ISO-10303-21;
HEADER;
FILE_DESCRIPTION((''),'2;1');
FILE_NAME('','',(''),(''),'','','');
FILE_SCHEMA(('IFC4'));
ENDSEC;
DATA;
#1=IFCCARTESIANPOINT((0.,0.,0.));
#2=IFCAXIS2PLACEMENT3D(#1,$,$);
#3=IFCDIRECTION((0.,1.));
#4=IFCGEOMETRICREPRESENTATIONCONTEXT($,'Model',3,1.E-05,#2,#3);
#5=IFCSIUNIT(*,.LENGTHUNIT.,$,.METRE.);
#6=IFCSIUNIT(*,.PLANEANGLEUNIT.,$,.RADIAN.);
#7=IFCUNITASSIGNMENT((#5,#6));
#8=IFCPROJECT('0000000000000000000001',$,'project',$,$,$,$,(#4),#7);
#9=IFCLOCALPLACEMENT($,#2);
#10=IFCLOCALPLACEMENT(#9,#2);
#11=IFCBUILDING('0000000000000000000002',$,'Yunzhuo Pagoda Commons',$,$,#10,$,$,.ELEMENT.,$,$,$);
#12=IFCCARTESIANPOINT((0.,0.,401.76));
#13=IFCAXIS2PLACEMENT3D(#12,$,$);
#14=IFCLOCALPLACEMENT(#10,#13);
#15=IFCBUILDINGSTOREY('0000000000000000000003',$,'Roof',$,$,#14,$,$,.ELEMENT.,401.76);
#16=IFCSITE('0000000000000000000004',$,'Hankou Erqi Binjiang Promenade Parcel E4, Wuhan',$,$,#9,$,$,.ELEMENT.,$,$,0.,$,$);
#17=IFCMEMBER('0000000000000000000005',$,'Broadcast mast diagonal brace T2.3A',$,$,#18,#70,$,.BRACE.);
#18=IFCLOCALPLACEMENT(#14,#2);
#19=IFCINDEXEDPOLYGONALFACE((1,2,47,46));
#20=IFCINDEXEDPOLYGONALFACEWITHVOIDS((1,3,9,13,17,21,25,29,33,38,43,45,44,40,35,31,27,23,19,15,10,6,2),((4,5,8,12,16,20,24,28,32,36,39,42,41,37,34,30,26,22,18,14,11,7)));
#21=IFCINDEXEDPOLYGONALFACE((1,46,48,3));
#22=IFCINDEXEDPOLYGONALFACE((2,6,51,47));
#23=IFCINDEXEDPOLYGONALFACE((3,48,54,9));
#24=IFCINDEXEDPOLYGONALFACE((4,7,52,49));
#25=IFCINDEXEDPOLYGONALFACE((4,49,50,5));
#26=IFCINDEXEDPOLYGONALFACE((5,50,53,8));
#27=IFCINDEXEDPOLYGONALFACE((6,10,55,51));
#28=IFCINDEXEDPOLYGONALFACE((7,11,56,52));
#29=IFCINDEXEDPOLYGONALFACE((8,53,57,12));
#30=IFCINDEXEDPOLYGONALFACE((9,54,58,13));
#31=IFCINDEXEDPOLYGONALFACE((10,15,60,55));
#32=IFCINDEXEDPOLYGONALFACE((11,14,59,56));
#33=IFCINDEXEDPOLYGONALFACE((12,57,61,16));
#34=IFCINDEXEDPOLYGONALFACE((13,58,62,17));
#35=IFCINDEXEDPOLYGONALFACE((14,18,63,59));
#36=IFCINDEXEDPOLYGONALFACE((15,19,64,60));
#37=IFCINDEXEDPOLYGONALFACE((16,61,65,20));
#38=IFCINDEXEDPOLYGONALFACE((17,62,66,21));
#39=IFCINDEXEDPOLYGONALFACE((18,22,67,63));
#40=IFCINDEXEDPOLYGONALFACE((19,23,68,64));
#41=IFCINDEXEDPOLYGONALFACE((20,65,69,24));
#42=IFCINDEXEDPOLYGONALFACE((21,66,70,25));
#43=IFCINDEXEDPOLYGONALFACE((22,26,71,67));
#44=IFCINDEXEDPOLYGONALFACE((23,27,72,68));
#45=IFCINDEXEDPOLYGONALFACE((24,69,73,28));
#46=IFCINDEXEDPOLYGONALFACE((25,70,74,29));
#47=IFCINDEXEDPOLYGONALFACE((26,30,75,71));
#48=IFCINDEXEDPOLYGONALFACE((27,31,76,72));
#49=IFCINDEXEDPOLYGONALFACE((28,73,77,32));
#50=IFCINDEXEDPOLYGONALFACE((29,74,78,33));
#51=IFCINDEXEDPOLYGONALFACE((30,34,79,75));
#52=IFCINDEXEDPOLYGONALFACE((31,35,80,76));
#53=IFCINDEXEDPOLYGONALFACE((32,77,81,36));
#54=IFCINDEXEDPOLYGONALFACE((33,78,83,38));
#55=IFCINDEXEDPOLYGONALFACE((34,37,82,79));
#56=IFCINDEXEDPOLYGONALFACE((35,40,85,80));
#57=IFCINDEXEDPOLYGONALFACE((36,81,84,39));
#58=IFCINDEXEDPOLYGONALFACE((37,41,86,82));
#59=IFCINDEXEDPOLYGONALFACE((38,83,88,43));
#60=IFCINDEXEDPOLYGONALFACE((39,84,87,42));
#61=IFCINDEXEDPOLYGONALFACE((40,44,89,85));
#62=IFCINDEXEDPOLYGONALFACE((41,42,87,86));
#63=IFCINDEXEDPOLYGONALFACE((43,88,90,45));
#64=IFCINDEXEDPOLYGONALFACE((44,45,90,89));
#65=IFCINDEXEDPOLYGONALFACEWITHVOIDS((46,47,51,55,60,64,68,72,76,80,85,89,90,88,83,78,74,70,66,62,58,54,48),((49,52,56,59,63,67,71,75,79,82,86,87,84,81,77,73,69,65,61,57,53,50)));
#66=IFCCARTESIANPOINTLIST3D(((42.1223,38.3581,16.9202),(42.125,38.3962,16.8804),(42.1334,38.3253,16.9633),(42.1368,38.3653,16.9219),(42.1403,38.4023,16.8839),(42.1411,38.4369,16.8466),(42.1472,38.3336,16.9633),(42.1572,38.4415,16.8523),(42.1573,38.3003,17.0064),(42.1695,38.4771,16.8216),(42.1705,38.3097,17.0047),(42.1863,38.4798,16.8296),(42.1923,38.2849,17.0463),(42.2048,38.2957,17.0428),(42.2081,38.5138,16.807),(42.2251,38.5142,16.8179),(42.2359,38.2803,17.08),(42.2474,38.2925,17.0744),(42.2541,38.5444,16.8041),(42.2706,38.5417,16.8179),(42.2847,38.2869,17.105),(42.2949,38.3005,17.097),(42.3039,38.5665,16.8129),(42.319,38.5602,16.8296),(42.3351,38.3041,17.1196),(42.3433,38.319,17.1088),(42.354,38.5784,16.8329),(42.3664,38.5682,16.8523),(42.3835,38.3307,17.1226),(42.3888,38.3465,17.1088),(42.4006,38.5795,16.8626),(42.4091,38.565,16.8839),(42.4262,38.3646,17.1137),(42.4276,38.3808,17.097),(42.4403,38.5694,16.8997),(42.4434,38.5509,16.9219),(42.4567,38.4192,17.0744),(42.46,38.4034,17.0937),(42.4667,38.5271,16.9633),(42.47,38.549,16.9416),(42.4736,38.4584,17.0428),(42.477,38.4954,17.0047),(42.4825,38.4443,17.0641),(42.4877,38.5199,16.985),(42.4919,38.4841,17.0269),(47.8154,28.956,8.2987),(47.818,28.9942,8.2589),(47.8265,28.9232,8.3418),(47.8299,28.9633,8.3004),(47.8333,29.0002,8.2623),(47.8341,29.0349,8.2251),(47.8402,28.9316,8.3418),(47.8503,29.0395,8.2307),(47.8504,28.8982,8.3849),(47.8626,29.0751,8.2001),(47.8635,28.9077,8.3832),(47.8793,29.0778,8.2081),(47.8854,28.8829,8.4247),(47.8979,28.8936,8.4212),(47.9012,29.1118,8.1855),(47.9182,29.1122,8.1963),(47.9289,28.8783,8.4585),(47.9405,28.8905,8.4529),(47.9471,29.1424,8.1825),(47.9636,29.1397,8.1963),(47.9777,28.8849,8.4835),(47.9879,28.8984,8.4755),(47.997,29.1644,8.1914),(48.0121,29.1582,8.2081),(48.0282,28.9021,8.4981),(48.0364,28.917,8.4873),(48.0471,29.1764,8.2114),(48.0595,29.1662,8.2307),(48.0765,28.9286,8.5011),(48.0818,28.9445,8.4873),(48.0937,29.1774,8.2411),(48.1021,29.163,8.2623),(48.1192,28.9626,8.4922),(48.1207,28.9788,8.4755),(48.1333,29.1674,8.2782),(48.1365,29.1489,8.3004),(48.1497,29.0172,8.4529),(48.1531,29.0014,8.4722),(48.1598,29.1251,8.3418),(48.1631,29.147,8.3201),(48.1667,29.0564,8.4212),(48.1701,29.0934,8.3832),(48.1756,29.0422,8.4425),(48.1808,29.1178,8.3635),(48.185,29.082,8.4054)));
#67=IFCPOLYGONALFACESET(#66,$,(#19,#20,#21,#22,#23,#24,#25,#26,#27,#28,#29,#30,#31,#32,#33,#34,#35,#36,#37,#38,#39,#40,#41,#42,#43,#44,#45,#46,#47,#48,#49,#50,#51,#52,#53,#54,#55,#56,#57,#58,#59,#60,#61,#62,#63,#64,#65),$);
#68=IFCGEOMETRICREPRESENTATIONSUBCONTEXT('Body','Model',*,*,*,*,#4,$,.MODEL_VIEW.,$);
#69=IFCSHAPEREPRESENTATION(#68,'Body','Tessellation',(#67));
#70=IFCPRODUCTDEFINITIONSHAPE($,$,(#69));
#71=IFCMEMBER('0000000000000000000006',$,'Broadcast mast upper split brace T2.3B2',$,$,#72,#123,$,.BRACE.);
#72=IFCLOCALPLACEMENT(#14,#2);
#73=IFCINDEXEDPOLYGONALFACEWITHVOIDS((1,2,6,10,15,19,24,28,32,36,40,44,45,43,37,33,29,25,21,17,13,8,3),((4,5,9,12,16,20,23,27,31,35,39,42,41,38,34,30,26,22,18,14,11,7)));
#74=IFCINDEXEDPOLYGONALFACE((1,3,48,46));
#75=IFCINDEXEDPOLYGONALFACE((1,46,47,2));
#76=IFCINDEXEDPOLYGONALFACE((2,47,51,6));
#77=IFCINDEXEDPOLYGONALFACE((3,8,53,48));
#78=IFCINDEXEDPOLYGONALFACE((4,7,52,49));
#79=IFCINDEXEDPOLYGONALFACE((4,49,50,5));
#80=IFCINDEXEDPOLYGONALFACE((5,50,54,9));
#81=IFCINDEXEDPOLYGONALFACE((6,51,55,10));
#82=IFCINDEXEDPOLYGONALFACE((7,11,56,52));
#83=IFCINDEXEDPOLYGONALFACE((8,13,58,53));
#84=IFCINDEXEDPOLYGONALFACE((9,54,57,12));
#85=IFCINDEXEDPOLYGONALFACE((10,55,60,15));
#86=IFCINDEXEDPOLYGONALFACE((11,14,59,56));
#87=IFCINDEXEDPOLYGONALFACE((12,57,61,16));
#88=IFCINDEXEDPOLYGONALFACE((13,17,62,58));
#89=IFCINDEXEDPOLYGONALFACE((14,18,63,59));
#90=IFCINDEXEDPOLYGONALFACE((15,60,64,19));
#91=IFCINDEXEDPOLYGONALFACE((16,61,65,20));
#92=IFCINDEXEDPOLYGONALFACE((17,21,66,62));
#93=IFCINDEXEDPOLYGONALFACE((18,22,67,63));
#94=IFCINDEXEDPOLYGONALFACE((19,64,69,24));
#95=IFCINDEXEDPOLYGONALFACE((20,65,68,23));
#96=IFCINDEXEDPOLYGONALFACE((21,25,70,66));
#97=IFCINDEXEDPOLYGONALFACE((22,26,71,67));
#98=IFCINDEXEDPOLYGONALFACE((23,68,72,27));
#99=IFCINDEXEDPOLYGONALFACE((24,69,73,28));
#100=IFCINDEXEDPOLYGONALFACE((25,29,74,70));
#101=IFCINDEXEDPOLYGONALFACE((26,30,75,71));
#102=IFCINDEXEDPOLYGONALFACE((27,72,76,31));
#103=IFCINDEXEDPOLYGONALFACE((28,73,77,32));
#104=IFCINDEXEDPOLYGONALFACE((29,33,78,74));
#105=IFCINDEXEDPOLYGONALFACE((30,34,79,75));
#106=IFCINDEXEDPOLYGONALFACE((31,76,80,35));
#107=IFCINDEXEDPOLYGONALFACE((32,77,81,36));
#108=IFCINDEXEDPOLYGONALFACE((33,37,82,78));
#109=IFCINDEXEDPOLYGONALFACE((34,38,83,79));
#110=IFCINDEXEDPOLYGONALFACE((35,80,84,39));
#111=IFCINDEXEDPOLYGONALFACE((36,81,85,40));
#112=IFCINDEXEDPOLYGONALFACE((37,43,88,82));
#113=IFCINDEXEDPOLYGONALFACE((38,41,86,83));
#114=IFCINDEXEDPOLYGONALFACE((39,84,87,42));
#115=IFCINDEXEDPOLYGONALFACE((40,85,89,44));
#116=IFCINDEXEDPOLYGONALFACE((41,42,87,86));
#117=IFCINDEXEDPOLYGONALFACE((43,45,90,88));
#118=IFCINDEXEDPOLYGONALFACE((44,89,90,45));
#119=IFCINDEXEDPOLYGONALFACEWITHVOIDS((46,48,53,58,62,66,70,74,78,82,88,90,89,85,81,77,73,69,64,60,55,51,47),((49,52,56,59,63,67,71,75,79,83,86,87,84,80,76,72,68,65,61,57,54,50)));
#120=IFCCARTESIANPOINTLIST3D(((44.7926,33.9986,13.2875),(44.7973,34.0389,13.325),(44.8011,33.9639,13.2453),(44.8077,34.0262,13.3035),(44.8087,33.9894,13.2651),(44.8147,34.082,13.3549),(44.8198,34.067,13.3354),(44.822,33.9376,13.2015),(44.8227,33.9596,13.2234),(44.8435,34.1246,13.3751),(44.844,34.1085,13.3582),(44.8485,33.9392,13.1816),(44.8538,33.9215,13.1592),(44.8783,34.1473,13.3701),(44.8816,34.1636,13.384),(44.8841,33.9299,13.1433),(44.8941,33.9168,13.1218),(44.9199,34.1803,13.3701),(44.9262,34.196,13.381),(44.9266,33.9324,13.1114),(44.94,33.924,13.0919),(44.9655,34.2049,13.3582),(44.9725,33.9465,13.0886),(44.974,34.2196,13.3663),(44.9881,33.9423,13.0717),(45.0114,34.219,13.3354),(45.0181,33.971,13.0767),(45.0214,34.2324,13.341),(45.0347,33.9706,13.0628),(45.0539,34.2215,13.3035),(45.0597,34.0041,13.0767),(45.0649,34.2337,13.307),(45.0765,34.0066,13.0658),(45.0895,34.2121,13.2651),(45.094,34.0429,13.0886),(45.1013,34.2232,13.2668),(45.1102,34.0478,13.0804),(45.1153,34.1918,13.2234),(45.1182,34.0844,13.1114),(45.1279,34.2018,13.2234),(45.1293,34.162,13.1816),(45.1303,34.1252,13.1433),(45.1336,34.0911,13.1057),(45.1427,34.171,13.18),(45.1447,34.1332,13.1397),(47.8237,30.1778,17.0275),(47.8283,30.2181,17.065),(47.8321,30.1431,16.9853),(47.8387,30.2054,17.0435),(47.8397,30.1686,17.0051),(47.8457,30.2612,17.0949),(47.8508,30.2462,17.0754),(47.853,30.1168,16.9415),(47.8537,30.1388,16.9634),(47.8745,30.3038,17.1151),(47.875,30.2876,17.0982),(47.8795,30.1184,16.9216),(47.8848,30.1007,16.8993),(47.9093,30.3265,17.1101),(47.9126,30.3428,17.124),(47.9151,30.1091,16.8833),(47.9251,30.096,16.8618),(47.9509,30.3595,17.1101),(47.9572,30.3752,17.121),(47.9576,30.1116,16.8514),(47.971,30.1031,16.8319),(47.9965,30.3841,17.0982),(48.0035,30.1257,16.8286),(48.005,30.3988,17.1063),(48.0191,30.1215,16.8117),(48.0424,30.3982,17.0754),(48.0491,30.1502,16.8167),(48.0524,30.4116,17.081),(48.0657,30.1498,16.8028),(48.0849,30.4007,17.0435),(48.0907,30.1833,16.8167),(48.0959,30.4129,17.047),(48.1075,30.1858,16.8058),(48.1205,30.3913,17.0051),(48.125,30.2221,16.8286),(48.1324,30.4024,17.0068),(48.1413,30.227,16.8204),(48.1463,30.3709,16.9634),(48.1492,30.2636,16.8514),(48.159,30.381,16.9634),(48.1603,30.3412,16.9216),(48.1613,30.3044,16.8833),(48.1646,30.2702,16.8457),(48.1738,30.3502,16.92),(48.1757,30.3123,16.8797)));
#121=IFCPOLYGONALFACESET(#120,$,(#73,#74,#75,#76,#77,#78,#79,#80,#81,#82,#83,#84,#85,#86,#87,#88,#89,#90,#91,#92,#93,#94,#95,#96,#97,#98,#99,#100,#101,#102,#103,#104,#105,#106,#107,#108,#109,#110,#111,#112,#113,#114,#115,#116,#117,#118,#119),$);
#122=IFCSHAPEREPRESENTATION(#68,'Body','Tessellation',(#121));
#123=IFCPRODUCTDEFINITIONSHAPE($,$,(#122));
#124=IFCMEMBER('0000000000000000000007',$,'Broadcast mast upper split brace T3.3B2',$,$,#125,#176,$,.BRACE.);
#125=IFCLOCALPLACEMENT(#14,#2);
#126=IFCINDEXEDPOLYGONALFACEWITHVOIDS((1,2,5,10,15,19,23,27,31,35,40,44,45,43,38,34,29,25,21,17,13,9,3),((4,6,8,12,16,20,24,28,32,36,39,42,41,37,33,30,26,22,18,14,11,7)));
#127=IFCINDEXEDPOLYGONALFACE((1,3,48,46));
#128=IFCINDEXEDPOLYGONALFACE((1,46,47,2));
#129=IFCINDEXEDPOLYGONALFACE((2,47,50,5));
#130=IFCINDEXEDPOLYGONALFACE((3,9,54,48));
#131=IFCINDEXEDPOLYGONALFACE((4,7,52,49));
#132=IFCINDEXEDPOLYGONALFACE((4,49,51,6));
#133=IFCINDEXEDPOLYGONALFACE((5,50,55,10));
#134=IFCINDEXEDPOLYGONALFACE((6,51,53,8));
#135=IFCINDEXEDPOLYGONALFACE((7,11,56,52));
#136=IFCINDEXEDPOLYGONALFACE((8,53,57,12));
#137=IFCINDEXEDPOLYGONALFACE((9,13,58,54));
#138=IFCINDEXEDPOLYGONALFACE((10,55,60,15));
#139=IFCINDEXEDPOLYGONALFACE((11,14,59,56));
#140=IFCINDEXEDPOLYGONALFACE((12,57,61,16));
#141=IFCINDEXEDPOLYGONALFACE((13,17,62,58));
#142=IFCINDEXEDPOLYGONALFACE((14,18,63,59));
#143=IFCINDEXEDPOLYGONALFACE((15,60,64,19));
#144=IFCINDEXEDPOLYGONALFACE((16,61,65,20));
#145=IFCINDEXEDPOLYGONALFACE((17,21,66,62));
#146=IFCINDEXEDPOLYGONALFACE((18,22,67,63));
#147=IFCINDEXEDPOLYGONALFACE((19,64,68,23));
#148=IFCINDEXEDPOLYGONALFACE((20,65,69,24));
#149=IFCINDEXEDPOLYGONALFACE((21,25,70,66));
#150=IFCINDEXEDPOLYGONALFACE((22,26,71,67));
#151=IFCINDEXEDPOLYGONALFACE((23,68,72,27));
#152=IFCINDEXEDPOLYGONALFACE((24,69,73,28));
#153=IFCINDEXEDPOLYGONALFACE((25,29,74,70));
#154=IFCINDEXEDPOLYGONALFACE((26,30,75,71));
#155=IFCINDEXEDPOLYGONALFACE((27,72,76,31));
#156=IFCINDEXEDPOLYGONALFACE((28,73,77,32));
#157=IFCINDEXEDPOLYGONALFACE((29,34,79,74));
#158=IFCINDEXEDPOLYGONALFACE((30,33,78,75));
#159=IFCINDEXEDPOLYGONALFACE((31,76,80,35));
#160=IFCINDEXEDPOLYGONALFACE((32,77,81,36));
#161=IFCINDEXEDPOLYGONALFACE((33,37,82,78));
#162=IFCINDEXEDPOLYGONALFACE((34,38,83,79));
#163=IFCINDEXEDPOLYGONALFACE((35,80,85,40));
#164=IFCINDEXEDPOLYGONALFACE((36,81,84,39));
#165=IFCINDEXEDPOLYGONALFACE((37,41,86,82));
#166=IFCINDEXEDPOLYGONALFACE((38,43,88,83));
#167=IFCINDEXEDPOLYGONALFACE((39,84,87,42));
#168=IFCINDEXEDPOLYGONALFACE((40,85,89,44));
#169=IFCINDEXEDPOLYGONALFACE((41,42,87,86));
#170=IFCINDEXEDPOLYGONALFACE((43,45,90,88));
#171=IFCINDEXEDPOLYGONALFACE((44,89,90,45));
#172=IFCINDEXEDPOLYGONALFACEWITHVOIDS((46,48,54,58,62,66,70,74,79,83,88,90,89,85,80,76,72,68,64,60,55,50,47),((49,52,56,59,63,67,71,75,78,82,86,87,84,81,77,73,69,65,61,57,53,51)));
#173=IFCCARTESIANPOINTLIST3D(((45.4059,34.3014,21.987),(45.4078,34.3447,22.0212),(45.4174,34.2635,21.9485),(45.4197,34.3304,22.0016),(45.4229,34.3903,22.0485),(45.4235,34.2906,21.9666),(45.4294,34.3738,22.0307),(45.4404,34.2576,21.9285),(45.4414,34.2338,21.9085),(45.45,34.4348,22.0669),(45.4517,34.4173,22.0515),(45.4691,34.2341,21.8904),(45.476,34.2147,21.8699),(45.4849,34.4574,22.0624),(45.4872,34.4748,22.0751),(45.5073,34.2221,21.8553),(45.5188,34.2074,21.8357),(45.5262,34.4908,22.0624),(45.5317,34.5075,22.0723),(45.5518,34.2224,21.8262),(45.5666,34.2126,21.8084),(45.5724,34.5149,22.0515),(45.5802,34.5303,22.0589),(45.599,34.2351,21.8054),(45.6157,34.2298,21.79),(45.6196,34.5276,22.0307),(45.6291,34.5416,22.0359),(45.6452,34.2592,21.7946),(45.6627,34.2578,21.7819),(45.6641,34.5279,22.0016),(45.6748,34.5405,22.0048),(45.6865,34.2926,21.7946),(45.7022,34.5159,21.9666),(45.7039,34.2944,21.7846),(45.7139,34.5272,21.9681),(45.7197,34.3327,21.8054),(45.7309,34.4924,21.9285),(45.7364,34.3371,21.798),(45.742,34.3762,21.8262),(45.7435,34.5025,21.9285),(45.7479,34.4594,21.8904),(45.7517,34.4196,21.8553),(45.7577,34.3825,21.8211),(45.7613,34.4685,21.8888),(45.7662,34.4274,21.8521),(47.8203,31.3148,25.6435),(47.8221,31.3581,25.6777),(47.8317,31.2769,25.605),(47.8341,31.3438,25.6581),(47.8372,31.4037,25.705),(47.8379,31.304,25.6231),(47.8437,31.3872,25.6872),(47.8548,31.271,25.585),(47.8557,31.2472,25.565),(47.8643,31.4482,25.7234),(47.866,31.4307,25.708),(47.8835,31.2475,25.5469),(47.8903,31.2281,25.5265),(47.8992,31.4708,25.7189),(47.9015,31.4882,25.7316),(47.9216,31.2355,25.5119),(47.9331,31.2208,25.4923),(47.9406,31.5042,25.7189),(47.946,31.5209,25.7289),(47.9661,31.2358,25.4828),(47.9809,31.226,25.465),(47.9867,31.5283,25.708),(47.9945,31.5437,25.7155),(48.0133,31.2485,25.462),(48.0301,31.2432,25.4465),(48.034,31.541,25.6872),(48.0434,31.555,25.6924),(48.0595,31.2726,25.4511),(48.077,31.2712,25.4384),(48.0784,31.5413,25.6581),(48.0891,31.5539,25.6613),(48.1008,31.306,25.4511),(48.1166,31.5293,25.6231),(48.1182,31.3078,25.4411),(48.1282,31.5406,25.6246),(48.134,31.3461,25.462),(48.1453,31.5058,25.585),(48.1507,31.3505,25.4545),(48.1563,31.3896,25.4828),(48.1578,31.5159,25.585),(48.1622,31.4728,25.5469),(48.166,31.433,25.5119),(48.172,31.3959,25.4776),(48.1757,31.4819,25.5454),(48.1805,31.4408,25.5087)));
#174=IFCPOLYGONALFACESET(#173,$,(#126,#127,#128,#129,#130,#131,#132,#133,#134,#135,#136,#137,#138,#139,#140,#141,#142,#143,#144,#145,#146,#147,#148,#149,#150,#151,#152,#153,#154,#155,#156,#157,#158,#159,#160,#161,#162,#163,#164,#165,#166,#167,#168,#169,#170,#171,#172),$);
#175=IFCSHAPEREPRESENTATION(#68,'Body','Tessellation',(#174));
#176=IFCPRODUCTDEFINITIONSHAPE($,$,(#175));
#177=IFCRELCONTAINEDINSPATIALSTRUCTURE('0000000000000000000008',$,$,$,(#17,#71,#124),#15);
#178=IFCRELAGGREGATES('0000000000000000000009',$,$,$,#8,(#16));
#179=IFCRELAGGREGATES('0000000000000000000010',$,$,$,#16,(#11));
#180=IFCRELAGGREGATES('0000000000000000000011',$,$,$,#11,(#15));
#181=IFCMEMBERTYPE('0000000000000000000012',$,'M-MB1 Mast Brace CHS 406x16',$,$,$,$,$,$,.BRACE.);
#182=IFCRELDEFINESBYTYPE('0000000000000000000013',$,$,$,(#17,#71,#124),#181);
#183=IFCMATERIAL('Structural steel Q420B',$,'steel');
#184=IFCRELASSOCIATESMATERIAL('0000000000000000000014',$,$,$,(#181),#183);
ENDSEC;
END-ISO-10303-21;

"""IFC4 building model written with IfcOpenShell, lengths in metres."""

from ifc_helpers import new_model, si_unit, direction, frame, origin, origin_2d, place, context, subcontext, project, spatial, hollow_circle, extrude, source, transform, mapped, material, material_profile, profile_set, type_object, element, save


model = new_model("IFC4")

# Units and contexts
model_context = context("Model", 3, precision=1e-05, world=origin(), true_north=direction((0.0, 1.0)))
body_context = subcontext(model_context, "Body", "Model", "MODEL_VIEW")
ifc_project = project(units=[si_unit("LENGTHUNIT", "METRE"), si_unit("PLANEANGLEUNIT", "RADIAN")], contexts=[model_context])

# Site, building, storey
site_placement = place(None, origin())
site = spatial("IfcSite", under=ifc_project, at=site_placement, Name="Hankou Erqi Binjiang Promenade Parcel E4, Wuhan", CompositionType="ELEMENT", RefElevation=0.0)
building_placement = place(site_placement, origin())
building = spatial("IfcBuilding", under=site, at=building_placement, Name="Yunzhuo Pagoda Commons", CompositionType="ELEMENT")
storey_placement = place(building_placement, frame((0.0, 0.0, 401.76)))
storey = spatial("IfcBuildingStorey", under=building, at=storey_placement, Name="Roof", CompositionType="ELEMENT", Elevation=401.76)

# Members
ifc_material_1 = material(Name="Structural steel Q420B", Category="steel")
ifc_material_profile_1 = material_profile(ifc_material_1, hollow_circle(Radius=0.2029, WallThickness=0.0161, at=origin_2d()), Name="Structural steel Q420B")
ifc_profile_set_1 = profile_set([ifc_material_profile_1], Name="Structural steel Q420B")
member_type_1 = type_object("IfcMemberType", Name="M-MB1 Mast Brace CHS 406x16", PredefinedType="BRACE", material=ifc_profile_set_1)
shared_shape_1 = source(origin(), body_context, "Body", "SweptSolid", [
    extrude(hollow_circle(Radius=0.2029, WallThickness=0.0161, at=origin_2d()), origin(), (0.0, 0.0, 1.0), 13.9692),
])
member_1_placement = place(storey_placement, frame((48.0, 29.0283, 8.3418), z_axis=(-0.407543, 0.673052, 0.617179), x_axis=(-0.855405, -0.517961, 0.0)))
element("IfcMember", 1, at=member_1_placement, inside=storey, type_object=member_type_1, Name="Broadcast mast diagonal brace T2.3A", PredefinedType="BRACE", context=body_context, shape_type="MappedRepresentation", body=[
    mapped(shared_shape_1, transform((0.0, 0.0, 0.0), scale=1.0)),
])
shared_shape_2 = source(origin(), body_context, "Body", "SweptSolid", [
    extrude(hollow_circle(Radius=0.2029, WallThickness=0.0161, at=origin_2d()), origin(), (0.0, 0.0, 1.0), 6.146),
])
member_2_placement = place(storey_placement, frame((44.969, 34.0757, 13.2234), z_axis=(0.493169, -0.621675, 0.608526), x_axis=(0.783426, 0.621485, 0.0)))
element("IfcMember", 2, at=member_2_placement, inside=storey, type_object=member_type_1, Name="Broadcast mast upper split brace T2.3B2", PredefinedType="BRACE", context=body_context, shape_type="MappedRepresentation", body=[
    mapped(shared_shape_2, transform((0.0, 0.0, 0.0), scale=1.0)),
])
shared_shape_3 = source(origin(), body_context, "Body", "SweptSolid", [
    extrude(hollow_circle(Radius=0.2029, WallThickness=0.0161, at=origin_2d()), origin(), (0.0, 0.0, 1.0), 5.3027),
])
member_3_placement = place(storey_placement, frame((45.5857, 34.375, 21.9285), z_axis=(0.455299, -0.563219, 0.689556), x_axis=(0.777677, 0.628664, 0.0)))
element("IfcMember", 3, at=member_3_placement, inside=storey, type_object=member_type_1, Name="Broadcast mast upper split brace T3.3B2", PredefinedType="BRACE", context=body_context, shape_type="MappedRepresentation", body=[
    mapped(shared_shape_3, transform((0.0, 0.0, 0.0), scale=1.0)),
])

save(model, "model.ifc")
